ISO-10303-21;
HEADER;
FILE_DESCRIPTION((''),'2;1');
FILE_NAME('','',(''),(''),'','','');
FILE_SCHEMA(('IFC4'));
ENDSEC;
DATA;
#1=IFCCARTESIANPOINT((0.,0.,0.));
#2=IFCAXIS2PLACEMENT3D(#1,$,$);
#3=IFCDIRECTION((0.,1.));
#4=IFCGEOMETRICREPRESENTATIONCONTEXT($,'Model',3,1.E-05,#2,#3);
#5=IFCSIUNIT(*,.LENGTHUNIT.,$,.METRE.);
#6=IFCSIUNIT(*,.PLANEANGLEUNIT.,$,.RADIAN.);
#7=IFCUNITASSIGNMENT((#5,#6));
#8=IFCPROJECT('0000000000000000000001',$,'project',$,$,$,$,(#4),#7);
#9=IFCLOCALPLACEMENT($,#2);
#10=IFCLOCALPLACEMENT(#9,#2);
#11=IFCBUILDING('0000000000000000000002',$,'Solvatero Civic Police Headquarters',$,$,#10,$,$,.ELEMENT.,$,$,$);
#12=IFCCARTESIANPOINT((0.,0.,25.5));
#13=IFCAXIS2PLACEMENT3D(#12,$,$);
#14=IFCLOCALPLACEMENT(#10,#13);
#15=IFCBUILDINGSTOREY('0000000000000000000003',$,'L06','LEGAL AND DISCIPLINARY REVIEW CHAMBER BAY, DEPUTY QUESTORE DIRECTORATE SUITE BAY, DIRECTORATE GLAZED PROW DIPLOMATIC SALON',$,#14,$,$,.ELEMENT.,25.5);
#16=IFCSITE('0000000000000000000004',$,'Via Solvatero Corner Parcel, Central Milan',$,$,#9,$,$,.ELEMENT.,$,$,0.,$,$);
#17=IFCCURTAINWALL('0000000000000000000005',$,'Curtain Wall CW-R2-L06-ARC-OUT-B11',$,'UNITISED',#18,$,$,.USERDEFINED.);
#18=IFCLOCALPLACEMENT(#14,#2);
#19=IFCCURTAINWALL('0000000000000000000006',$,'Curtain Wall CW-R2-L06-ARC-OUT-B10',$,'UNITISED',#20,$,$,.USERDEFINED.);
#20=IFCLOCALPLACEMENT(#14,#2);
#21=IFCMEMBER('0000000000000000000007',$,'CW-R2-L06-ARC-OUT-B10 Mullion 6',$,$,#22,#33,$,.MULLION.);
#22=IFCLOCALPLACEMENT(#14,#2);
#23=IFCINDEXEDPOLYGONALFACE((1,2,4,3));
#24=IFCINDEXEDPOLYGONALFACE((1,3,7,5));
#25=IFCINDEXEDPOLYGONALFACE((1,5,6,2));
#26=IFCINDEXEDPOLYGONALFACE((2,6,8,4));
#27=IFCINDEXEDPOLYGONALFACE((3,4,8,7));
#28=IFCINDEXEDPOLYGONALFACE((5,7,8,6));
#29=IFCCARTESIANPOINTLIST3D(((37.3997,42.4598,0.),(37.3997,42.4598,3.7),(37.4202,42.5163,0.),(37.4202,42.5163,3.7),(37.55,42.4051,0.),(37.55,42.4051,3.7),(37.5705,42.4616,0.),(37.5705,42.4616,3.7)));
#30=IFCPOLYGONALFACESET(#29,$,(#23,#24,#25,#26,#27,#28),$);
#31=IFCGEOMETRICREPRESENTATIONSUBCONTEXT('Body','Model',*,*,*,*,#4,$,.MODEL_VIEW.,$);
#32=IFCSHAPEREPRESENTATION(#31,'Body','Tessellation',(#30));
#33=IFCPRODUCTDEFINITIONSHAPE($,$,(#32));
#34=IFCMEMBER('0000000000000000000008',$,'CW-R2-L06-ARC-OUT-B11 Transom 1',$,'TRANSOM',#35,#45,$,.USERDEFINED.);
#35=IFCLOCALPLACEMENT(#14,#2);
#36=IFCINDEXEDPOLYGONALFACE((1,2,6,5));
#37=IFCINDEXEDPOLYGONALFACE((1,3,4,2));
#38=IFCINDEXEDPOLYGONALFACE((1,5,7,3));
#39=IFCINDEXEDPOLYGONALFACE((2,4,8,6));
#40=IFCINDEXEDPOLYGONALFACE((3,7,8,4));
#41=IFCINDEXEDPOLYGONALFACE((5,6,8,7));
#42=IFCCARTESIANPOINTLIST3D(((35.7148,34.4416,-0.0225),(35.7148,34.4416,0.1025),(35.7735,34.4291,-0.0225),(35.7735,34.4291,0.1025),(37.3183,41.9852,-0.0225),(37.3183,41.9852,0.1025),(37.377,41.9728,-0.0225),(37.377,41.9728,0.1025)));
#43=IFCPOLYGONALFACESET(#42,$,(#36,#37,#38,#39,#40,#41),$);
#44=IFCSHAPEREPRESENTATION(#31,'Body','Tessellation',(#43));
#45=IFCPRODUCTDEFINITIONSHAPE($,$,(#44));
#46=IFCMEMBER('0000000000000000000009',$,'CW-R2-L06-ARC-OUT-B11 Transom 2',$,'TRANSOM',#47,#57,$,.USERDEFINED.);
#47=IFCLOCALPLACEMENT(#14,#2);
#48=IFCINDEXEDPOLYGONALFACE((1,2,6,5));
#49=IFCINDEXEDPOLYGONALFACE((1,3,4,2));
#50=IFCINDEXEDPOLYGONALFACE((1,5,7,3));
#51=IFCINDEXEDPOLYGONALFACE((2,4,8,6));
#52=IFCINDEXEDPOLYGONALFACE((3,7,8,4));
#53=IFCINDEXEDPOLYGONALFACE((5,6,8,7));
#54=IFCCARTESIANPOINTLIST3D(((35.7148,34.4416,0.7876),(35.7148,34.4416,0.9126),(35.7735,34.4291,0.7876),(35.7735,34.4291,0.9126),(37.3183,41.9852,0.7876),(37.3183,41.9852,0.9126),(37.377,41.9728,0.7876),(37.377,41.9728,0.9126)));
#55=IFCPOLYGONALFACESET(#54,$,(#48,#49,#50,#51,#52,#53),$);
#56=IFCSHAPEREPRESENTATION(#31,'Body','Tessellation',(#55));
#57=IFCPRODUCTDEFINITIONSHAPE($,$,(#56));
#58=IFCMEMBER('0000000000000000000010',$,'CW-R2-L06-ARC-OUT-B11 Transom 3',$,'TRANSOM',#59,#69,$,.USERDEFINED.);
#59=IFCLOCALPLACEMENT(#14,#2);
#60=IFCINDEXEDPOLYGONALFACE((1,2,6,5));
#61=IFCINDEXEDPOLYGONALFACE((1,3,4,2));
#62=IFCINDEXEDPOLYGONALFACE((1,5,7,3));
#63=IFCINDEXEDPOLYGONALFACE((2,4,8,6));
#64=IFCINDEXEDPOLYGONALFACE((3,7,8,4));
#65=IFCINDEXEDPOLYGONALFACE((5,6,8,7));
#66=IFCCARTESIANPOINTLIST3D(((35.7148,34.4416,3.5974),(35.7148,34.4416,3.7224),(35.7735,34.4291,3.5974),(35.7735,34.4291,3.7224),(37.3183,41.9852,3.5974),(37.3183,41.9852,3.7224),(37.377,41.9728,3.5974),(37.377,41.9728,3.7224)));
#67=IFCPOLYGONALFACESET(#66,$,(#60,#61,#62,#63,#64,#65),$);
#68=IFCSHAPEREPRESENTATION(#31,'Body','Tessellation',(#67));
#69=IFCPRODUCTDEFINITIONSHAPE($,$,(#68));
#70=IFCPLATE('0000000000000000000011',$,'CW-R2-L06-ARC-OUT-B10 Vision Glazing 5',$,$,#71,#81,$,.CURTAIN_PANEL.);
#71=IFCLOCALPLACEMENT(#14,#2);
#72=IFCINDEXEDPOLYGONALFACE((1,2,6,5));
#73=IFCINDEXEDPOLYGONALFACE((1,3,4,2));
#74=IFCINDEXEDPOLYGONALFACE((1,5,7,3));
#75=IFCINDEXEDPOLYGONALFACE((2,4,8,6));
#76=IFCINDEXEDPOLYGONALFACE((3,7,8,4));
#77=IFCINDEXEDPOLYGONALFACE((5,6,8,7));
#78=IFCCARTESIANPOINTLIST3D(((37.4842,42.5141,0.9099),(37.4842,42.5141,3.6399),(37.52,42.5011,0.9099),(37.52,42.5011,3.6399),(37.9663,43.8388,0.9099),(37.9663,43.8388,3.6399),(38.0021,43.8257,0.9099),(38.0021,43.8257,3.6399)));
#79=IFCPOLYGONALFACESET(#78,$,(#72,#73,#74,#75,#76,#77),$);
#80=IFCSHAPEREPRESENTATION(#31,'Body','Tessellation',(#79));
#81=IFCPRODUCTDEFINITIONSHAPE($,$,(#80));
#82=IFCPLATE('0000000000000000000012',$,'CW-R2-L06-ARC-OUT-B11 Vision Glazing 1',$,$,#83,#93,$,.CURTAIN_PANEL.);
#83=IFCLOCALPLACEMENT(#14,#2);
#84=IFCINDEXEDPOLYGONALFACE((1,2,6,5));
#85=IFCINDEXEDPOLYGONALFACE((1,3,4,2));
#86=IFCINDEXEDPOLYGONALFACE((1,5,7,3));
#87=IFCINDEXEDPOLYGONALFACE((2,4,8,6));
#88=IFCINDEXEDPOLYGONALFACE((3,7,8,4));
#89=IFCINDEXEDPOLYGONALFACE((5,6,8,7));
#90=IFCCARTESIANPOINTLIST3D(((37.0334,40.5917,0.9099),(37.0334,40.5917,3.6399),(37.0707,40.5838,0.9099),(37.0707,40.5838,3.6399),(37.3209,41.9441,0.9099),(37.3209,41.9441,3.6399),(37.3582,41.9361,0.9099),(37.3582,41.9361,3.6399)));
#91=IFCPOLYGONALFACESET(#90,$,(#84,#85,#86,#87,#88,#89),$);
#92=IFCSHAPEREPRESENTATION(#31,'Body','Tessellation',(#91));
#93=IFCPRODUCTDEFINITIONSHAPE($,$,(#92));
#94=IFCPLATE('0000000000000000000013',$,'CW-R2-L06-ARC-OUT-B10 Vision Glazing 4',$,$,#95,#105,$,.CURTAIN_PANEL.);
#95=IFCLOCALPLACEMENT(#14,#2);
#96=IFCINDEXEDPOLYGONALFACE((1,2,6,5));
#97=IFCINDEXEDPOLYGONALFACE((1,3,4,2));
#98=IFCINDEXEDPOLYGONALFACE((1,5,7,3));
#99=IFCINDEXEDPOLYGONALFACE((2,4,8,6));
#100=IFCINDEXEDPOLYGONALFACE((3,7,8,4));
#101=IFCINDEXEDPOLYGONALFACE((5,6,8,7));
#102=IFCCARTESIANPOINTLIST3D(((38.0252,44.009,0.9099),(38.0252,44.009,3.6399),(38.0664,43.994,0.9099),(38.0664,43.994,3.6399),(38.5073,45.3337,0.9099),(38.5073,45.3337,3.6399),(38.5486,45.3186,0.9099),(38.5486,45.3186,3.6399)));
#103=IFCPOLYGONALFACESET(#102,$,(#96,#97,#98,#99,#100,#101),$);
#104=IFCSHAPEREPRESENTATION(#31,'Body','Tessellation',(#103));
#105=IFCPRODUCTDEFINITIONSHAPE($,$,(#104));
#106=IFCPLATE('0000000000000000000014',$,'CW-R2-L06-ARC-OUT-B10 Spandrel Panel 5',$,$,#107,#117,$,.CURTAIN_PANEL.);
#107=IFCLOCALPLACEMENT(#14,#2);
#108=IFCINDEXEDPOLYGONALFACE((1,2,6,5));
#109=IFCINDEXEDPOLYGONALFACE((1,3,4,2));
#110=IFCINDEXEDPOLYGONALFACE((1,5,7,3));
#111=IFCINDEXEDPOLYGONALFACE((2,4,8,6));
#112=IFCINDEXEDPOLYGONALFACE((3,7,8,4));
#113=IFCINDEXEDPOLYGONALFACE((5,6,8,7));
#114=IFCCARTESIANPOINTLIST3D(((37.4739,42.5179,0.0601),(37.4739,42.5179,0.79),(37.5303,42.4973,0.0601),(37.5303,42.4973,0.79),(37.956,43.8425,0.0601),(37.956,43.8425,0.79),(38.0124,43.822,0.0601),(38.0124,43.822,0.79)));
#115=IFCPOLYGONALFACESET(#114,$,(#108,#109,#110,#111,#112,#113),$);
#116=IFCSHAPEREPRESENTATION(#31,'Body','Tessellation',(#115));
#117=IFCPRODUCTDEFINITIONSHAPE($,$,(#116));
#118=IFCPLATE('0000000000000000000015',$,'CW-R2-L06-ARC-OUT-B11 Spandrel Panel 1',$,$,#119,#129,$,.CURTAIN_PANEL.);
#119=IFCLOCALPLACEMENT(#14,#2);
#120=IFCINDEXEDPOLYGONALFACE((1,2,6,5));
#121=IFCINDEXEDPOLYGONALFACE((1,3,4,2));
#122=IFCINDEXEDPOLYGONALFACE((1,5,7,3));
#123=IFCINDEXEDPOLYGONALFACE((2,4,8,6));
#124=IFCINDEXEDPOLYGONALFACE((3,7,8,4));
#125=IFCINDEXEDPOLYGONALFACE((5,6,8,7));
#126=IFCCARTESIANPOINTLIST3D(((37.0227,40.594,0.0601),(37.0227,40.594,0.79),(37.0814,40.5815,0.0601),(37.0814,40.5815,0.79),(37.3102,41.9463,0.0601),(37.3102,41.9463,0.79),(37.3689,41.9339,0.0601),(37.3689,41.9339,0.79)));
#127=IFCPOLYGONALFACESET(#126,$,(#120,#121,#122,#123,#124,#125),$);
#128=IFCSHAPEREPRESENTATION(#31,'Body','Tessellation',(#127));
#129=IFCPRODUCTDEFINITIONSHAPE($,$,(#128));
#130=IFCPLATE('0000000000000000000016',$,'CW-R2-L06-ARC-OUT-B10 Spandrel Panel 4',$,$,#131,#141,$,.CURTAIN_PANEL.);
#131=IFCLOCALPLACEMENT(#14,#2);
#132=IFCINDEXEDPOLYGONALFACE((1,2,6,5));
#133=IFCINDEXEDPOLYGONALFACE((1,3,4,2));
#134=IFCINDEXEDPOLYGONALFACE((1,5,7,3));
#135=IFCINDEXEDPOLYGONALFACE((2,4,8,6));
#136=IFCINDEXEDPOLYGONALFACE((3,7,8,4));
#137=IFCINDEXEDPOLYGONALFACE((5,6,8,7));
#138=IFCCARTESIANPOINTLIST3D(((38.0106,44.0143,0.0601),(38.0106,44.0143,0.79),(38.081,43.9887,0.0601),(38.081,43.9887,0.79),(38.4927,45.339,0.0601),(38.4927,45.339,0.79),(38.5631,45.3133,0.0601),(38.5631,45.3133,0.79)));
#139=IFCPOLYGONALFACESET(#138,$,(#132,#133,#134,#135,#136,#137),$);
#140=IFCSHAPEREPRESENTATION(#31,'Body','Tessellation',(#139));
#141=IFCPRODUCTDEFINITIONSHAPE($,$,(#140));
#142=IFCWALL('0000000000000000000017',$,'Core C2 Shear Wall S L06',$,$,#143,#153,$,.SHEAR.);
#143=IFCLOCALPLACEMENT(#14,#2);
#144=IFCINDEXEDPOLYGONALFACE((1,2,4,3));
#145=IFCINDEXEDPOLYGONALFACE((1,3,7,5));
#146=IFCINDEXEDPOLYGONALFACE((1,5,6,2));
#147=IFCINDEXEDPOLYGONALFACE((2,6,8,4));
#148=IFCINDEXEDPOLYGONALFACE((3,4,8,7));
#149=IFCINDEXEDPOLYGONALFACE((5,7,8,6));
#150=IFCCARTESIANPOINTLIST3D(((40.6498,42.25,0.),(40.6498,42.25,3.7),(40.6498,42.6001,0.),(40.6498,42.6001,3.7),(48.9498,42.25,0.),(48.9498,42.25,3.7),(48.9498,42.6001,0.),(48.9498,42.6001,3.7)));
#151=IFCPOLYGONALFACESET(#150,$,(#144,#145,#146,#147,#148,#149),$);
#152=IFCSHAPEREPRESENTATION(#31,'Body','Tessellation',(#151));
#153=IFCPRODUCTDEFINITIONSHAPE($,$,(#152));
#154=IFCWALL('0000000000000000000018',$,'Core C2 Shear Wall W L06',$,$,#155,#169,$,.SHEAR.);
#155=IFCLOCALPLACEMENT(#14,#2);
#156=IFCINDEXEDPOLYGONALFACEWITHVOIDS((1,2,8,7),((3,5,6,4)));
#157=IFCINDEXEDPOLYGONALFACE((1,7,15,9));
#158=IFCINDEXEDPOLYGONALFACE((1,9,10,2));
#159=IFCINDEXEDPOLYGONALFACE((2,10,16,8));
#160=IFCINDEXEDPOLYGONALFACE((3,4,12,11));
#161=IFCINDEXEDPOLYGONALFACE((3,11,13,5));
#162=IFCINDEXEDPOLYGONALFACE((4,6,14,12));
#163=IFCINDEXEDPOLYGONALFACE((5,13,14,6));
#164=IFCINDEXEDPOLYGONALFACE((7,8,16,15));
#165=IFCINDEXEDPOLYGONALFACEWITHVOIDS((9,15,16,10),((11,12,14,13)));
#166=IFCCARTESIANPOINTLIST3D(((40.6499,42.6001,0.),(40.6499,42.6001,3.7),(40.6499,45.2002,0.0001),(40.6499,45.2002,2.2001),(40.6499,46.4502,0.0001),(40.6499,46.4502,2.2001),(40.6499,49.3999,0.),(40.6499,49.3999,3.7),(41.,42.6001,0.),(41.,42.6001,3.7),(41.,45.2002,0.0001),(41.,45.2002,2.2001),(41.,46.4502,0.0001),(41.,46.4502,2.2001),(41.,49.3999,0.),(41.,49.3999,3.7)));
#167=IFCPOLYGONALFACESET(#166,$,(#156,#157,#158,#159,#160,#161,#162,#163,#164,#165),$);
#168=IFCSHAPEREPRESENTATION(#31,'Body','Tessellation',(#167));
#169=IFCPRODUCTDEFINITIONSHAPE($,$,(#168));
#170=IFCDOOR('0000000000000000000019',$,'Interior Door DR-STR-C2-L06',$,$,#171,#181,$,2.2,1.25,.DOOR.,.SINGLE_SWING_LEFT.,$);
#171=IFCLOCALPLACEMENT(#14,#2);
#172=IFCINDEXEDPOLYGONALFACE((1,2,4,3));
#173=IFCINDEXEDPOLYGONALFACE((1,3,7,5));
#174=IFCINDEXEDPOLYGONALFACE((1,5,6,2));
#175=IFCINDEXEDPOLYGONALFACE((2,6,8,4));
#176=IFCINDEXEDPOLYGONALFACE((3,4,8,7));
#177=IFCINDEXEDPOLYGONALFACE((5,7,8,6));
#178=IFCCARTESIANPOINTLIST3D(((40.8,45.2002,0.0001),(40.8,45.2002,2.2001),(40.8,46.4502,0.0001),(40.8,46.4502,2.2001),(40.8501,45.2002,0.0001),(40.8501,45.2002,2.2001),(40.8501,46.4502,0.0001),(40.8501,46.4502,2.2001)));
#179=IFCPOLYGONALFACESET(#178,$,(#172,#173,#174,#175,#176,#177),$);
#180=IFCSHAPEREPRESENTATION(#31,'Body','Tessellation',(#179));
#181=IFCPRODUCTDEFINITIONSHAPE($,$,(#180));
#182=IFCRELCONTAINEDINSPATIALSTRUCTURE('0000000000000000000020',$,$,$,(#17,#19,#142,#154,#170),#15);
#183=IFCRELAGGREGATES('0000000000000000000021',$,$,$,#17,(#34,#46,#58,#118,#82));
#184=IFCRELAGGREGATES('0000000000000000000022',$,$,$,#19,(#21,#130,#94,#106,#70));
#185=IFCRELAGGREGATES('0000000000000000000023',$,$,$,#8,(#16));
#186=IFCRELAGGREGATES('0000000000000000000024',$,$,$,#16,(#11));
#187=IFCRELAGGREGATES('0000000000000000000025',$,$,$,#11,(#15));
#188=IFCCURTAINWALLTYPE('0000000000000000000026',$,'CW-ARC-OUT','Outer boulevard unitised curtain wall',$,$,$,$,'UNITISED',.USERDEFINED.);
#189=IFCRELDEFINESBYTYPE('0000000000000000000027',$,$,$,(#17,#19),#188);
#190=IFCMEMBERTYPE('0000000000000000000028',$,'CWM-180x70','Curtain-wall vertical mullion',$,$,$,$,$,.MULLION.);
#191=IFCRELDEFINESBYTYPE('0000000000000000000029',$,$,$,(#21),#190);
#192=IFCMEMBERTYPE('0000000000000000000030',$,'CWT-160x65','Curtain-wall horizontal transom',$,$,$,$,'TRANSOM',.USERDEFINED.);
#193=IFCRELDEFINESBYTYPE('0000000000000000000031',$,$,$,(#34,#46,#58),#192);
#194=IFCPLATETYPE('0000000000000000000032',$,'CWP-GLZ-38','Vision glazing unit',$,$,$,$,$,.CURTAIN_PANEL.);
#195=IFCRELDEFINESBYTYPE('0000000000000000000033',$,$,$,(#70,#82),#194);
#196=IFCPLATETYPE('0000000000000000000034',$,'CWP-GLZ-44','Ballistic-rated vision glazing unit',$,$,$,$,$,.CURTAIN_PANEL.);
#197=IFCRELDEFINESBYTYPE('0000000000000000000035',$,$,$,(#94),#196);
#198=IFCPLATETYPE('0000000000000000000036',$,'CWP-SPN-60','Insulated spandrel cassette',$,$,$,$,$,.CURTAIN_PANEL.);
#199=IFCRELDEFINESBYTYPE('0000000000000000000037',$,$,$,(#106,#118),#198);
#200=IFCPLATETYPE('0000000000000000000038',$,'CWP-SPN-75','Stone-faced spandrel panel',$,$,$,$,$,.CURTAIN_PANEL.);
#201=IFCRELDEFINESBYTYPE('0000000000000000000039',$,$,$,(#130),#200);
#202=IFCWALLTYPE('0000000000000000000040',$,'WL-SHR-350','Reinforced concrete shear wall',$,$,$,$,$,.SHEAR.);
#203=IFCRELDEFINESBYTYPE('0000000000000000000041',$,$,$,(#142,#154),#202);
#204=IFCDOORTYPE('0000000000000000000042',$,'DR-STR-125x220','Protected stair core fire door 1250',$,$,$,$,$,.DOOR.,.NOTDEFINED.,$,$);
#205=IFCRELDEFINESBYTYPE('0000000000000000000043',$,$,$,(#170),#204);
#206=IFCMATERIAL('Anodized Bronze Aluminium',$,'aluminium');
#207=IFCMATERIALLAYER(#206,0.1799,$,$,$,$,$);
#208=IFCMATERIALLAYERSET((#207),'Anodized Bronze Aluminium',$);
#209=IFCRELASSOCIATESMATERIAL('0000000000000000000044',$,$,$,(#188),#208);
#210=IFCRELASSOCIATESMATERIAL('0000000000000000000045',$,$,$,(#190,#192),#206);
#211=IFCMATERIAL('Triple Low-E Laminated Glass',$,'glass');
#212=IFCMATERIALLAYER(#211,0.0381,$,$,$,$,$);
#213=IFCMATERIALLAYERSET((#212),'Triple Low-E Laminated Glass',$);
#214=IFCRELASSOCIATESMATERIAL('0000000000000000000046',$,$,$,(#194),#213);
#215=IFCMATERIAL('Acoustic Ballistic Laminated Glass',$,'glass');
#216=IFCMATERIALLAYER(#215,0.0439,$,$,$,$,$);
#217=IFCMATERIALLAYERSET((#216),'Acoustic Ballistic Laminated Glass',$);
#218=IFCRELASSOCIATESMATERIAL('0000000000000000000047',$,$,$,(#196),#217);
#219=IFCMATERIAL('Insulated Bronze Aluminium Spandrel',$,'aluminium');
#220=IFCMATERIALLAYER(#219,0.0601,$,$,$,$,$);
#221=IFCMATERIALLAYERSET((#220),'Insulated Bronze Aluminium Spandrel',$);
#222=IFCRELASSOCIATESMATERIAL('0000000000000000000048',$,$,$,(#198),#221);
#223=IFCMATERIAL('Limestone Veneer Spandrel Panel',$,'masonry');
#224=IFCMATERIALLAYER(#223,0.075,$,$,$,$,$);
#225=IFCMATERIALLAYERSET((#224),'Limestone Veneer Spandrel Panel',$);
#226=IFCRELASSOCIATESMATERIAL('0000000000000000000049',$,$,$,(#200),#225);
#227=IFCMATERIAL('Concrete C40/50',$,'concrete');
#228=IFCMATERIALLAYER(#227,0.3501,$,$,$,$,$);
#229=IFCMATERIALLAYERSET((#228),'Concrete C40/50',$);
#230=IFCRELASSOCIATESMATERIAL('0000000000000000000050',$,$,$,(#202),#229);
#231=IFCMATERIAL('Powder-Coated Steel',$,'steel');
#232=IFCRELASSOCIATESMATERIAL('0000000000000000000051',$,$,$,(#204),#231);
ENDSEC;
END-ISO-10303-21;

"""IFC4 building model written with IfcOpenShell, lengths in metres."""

from ifc_helpers import new_model, si_unit, direction, frame, frame_2d, origin, origin_2d, place, context, subcontext, project, spatial, rectangle, extrude, material, layer, layer_set, material_profile, profile_set, type_object, element, fill, aggregate, save


model = new_model("IFC4")

# Units and contexts
model_context = context("Model", 3, precision=1e-05, world=origin(), true_north=direction((0.0, 1.0)))
body_context = subcontext(model_context, "Body", "Model", "MODEL_VIEW")
ifc_project = project(units=[si_unit("LENGTHUNIT", "METRE"), si_unit("PLANEANGLEUNIT", "RADIAN")], contexts=[model_context])

# Site, building, storey
site_placement = place(None, origin())
site = spatial("IfcSite", under=ifc_project, at=site_placement, Name="Via Solvatero Corner Parcel, Central Milan", CompositionType="ELEMENT", RefElevation=0.0)
building_placement = place(site_placement, origin())
building = spatial("IfcBuilding", under=site, at=building_placement, Name="Solvatero Civic Police Headquarters", CompositionType="ELEMENT")
storey_placement = place(building_placement, frame((0.0, 0.0, 25.5)))
storey = spatial("IfcBuildingStorey", under=building, at=storey_placement, Name="L06", Description="LEGAL AND DISCIPLINARY REVIEW CHAMBER BAY, DEPUTY QUESTORE DIRECTORATE SUITE BAY, DIRECTORATE GLAZED PROW DIPLOMATIC SALON", CompositionType="ELEMENT", Elevation=25.5)

# Curtain wall
ifc_material_1 = material(Name="Anodized Bronze Aluminium", Category="aluminium")
ifc_layer_1 = layer(ifc_material_1, 0.1799)
ifc_layer_set_1 = layer_set([ifc_layer_1], Name="Anodized Bronze Aluminium")
curtain_wall_type = type_object("IfcCurtainWallType", Name="CW-ARC-OUT", Description="Outer boulevard unitised curtain wall", ElementType="UNITISED", PredefinedType="USERDEFINED", material=ifc_layer_set_1)
curtain_wall_1_placement = place(storey_placement, origin())
curtain_wall_1 = element("IfcCurtainWall", 1, at=curtain_wall_1_placement, inside=storey, type_object=curtain_wall_type, Name="Curtain Wall CW-R2-L06-ARC-OUT-B11", ObjectType="UNITISED", PredefinedType="USERDEFINED")

# Curtain wall, member
curtain_wall_2_placement = place(storey_placement, origin())
curtain_wall_2 = element("IfcCurtainWall", 2, at=curtain_wall_2_placement, inside=storey, type_object=curtain_wall_type, Name="Curtain Wall CW-R2-L06-ARC-OUT-B10", ObjectType="UNITISED", PredefinedType="USERDEFINED")
ifc_material_profile_1 = material_profile(ifc_material_1, rectangle(XDim=0.0601, YDim=0.1599, at=origin_2d()), Name="ALU MULLION 60x160")
ifc_profile_set_1 = profile_set([ifc_material_profile_1], Name="Anodized Bronze Aluminium")
member_type_1 = type_object("IfcMemberType", Name="CWM-180x70", Description="Curtain-wall vertical mullion", PredefinedType="MULLION", material=ifc_profile_set_1)
member_1_placement = place(storey_placement, frame((37.4851, 42.4607, 0.0), z_axis=(0.0, 0.0, 1.0), x_axis=(-0.34202, -0.939693, 0.0)))
member_1 = element("IfcMember", 3, at=member_1_placement, type_object=member_type_1, Name="CW-R2-L06-ARC-OUT-B10 Mullion 6", PredefinedType="MULLION", context=body_context, shape_type="SweptSolid", body=[
    extrude(rectangle(XDim=0.0601, YDim=0.1599, at=origin_2d()), origin(), (0.0, 0.0, 1.0), 3.7),
])

# Members
ifc_material_profile_2 = material_profile(ifc_material_1, rectangle(XDim=0.0601, YDim=0.125, at=origin_2d()), Name="ALU TRANSOM 60x125")
ifc_profile_set_2 = profile_set([ifc_material_profile_2], Name="Anodized Bronze Aluminium")
member_type_2 = type_object("IfcMemberType", Name="CWT-160x65", Description="Curtain-wall horizontal transom", ElementType="TRANSOM", PredefinedType="USERDEFINED", material=ifc_profile_set_2)
member_2_placement = place(storey_placement, frame((37.3477, 41.979, 0.04), z_axis=(-0.207918, -0.978146, 0.0), x_axis=(0.978146, -0.207918, 0.0)))
member_2 = element("IfcMember", 4, at=member_2_placement, type_object=member_type_2, Name="CW-R2-L06-ARC-OUT-B11 Transom 1", ObjectType="TRANSOM", PredefinedType="USERDEFINED", context=body_context, shape_type="SweptSolid", body=[
    extrude(rectangle(XDim=0.0601, YDim=0.125, at=origin_2d()), origin(), (0.0, 0.0, 1.0), 7.7122),
])
member_3_placement = place(storey_placement, frame((37.3477, 41.979, 0.8501), z_axis=(-0.207918, -0.978146, 0.0), x_axis=(0.978146, -0.207918, 0.0)))
member_3 = element("IfcMember", 5, at=member_3_placement, type_object=member_type_2, Name="CW-R2-L06-ARC-OUT-B11 Transom 2", ObjectType="TRANSOM", PredefinedType="USERDEFINED", context=body_context, shape_type="SweptSolid", body=[
    extrude(rectangle(XDim=0.0601, YDim=0.125, at=origin_2d()), origin(), (0.0, 0.0, 1.0), 7.7122),
])
member_4_placement = place(storey_placement, frame((37.3477, 41.979, 3.6599), z_axis=(-0.207918, -0.978146, 0.0), x_axis=(0.978146, -0.207918, 0.0)))
member_4 = element("IfcMember", 6, at=member_4_placement, type_object=member_type_2, Name="CW-R2-L06-ARC-OUT-B11 Transom 3", ObjectType="TRANSOM", PredefinedType="USERDEFINED", context=body_context, shape_type="SweptSolid", body=[
    extrude(rectangle(XDim=0.0601, YDim=0.125, at=origin_2d()), origin(), (0.0, 0.0, 1.0), 7.7122),
])

# Plates
ifc_material_2 = material(Name="Triple Low-E Laminated Glass", Category="glass")
ifc_layer_2 = layer(ifc_material_2, 0.0381)
ifc_layer_set_2 = layer_set([ifc_layer_2], Name="Triple Low-E Laminated Glass")
plate_type_1 = type_object("IfcPlateType", Name="CWP-GLZ-38", Description="Vision glazing unit", PredefinedType="CURTAIN_PANEL", material=ifc_layer_set_2)
plate_1_placement = place(storey_placement, frame((37.7432, 43.1699, 0.9099), z_axis=(0.0, 0.0, 1.0), x_axis=(-0.34202, -0.939693, 0.0)))
plate_1 = element("IfcPlate", 7, at=plate_1_placement, type_object=plate_type_1, Name="CW-R2-L06-ARC-OUT-B10 Vision Glazing 5", PredefinedType="CURTAIN_PANEL", context=body_context, shape_type="SweptSolid", body=[
    extrude(rectangle(XDim=1.4097, YDim=0.0381, at=origin_2d()), origin(), (0.0, 0.0, 1.0), 2.73),
])
plate_2_placement = place(storey_placement, frame((37.1958, 41.2639, 0.9099), z_axis=(0.0, 0.0, 1.0), x_axis=(-0.207912, -0.978148, 0.0)))
plate_2 = element("IfcPlate", 8, at=plate_2_placement, type_object=plate_type_1, Name="CW-R2-L06-ARC-OUT-B11 Vision Glazing 1", PredefinedType="CURTAIN_PANEL", context=body_context, shape_type="SweptSolid", body=[
    extrude(rectangle(XDim=1.3826, YDim=0.0381, at=origin_2d()), origin(), (0.0, 0.0, 1.0), 2.73),
])
ifc_material_3 = material(Name="Acoustic Ballistic Laminated Glass", Category="glass")
ifc_layer_3 = layer(ifc_material_3, 0.0439)
ifc_layer_set_3 = layer_set([ifc_layer_3], Name="Acoustic Ballistic Laminated Glass")
plate_type_2 = type_object("IfcPlateType", Name="CWP-GLZ-44", Description="Ballistic-rated vision glazing unit", PredefinedType="CURTAIN_PANEL", material=ifc_layer_set_3)
plate_3_placement = place(storey_placement, frame((38.2869, 44.6638, 0.9099), z_axis=(0.0, 0.0, 1.0), x_axis=(-0.34202, -0.939693, 0.0)))
plate_3 = element("IfcPlate", 9, at=plate_3_placement, type_object=plate_type_2, Name="CW-R2-L06-ARC-OUT-B10 Vision Glazing 4", PredefinedType="CURTAIN_PANEL", context=body_context, shape_type="SweptSolid", body=[
    extrude(rectangle(XDim=1.4097, YDim=0.0439, at=origin_2d()), origin(), (0.0, 0.0, 1.0), 2.73),
])
ifc_material_4 = material(Name="Insulated Bronze Aluminium Spandrel", Category="aluminium")
ifc_layer_4 = layer(ifc_material_4, 0.0601)
ifc_layer_set_4 = layer_set([ifc_layer_4], Name="Insulated Bronze Aluminium Spandrel")
plate_type_3 = type_object("IfcPlateType", Name="CWP-SPN-60", Description="Insulated spandrel cassette", PredefinedType="CURTAIN_PANEL", material=ifc_layer_set_4)
plate_4_placement = place(storey_placement, frame((37.7432, 43.1699, 0.0601), z_axis=(0.0, 0.0, 1.0), x_axis=(-0.34202, -0.939693, 0.0)))
plate_4 = element("IfcPlate", 10, at=plate_4_placement, type_object=plate_type_3, Name="CW-R2-L06-ARC-OUT-B10 Spandrel Panel 5", PredefinedType="CURTAIN_PANEL", context=body_context, shape_type="SweptSolid", body=[
    extrude(rectangle(XDim=1.4097, YDim=0.0601, at=origin_2d()), origin(), (0.0, 0.0, 1.0), 0.73),
])
plate_5_placement = place(storey_placement, frame((37.1958, 41.2639, 0.0601), z_axis=(0.0, 0.0, 1.0), x_axis=(-0.207912, -0.978148, 0.0)))
plate_5 = element("IfcPlate", 11, at=plate_5_placement, type_object=plate_type_3, Name="CW-R2-L06-ARC-OUT-B11 Spandrel Panel 1", PredefinedType="CURTAIN_PANEL", context=body_context, shape_type="SweptSolid", body=[
    extrude(rectangle(XDim=1.3826, YDim=0.0601, at=origin_2d()), origin(), (0.0, 0.0, 1.0), 0.73),
])
aggregate(curtain_wall_1, [member_2, member_3, member_4, plate_5, plate_2])
ifc_material_5 = material(Name="Limestone Veneer Spandrel Panel", Category="masonry")
ifc_layer_5 = layer(ifc_material_5, 0.075)
ifc_layer_set_5 = layer_set([ifc_layer_5], Name="Limestone Veneer Spandrel Panel")
plate_type_4 = type_object("IfcPlateType", Name="CWP-SPN-75", Description="Stone-faced spandrel panel", PredefinedType="CURTAIN_PANEL", material=ifc_layer_set_5)
plate_6_placement = place(storey_placement, frame((38.2869, 44.6638, 0.0601), z_axis=(0.0, 0.0, 1.0), x_axis=(-0.34202, -0.939693, 0.0)))
plate_6 = element("IfcPlate", 12, at=plate_6_placement, type_object=plate_type_4, Name="CW-R2-L06-ARC-OUT-B10 Spandrel Panel 4", PredefinedType="CURTAIN_PANEL", context=body_context, shape_type="SweptSolid", body=[
    extrude(rectangle(XDim=1.4097, YDim=0.075, at=origin_2d()), origin(), (0.0, 0.0, 1.0), 0.73),
])
aggregate(curtain_wall_2, [member_1, plate_6, plate_3, plate_4, plate_1])

# Wall
ifc_material_6 = material(Name="Concrete C40/50", Category="concrete")
ifc_layer_6 = layer(ifc_material_6, 0.3501)
ifc_layer_set_6 = layer_set([ifc_layer_6], Name="Concrete C40/50")
wall_type = type_object("IfcWallType", Name="WL-SHR-350", Description="Reinforced concrete shear wall", PredefinedType="SHEAR", material=ifc_layer_set_6)
wall_1_placement = place(storey_placement, frame((40.6499, 42.425, 0.0), z_axis=(0.0, 0.0, 1.0), x_axis=(1.0, 0.0, 0.0)))
element("IfcWall", 13, at=wall_1_placement, inside=storey, type_object=wall_type, Name="Core C2 Shear Wall S L06", PredefinedType="SHEAR", context=body_context, shape_type="SweptSolid", body=[
    extrude(rectangle(XDim=8.3, YDim=0.3501, at=frame_2d((4.1499, 0.0))), origin(), (0.0, 0.0, 1.0), 3.7),
])

# Wall, opening, door
wall_2_placement = place(storey_placement, frame((40.825, 42.6001, 0.0), z_axis=(0.0, 0.0, 1.0), x_axis=(0.0, 1.0, 0.0)))
wall_2 = element("IfcWall", 14, at=wall_2_placement, inside=storey, type_object=wall_type, Name="Core C2 Shear Wall W L06", PredefinedType="SHEAR", context=body_context, shape_type="SweptSolid", body=[
    extrude(rectangle(XDim=6.7998, YDim=0.3501, at=frame_2d((3.3999, 0.0))), origin(), (0.0, 0.0, 1.0), 3.7),
])
opening_placement = place(wall_2_placement, frame((2.6001, 0.0, 0.0)))
opening = element("IfcOpeningElement", 15, at=opening_placement, cuts=wall_2, PredefinedType="OPENING", context=body_context, shape_type="SweptSolid", body=[
    extrude(rectangle(XDim=1.25, YDim=2.2, at=frame_2d((0.625, 1.1001))), frame((0.0, 0.1851, 0.0), z_axis=(0.0, -1.0, 0.0), x_axis=(1.0, 0.0, 0.0)), (0.0, 0.0, 1.0), 0.3701),
])
ifc_material_7 = material(Name="Powder-Coated Steel", Category="steel")
door_type = type_object("IfcDoorType", Name="DR-STR-125x220", Description="Protected stair core fire door 1250", OperationType="NOTDEFINED", PredefinedType="DOOR", material=ifc_material_7)
door_placement = place(opening_placement, origin())
door = element("IfcDoor", 16, at=door_placement, inside=storey, type_object=door_type, Name="Interior Door DR-STR-C2-L06", OperationType="SINGLE_SWING_LEFT", OverallHeight=2.2, OverallWidth=1.25, PredefinedType="DOOR", context=body_context, shape_type="SweptSolid", body=[
    extrude(rectangle(XDim=1.25, YDim=2.2, at=frame_2d((0.625, 1.1001))), frame((0.0, 0.0249, 0.0), z_axis=(0.0, -1.0, 0.0), x_axis=(1.0, 0.0, 0.0)), (0.0, 0.0, 1.0), 0.05),
])
fill(opening, door)

save(model, "model.ifc")
